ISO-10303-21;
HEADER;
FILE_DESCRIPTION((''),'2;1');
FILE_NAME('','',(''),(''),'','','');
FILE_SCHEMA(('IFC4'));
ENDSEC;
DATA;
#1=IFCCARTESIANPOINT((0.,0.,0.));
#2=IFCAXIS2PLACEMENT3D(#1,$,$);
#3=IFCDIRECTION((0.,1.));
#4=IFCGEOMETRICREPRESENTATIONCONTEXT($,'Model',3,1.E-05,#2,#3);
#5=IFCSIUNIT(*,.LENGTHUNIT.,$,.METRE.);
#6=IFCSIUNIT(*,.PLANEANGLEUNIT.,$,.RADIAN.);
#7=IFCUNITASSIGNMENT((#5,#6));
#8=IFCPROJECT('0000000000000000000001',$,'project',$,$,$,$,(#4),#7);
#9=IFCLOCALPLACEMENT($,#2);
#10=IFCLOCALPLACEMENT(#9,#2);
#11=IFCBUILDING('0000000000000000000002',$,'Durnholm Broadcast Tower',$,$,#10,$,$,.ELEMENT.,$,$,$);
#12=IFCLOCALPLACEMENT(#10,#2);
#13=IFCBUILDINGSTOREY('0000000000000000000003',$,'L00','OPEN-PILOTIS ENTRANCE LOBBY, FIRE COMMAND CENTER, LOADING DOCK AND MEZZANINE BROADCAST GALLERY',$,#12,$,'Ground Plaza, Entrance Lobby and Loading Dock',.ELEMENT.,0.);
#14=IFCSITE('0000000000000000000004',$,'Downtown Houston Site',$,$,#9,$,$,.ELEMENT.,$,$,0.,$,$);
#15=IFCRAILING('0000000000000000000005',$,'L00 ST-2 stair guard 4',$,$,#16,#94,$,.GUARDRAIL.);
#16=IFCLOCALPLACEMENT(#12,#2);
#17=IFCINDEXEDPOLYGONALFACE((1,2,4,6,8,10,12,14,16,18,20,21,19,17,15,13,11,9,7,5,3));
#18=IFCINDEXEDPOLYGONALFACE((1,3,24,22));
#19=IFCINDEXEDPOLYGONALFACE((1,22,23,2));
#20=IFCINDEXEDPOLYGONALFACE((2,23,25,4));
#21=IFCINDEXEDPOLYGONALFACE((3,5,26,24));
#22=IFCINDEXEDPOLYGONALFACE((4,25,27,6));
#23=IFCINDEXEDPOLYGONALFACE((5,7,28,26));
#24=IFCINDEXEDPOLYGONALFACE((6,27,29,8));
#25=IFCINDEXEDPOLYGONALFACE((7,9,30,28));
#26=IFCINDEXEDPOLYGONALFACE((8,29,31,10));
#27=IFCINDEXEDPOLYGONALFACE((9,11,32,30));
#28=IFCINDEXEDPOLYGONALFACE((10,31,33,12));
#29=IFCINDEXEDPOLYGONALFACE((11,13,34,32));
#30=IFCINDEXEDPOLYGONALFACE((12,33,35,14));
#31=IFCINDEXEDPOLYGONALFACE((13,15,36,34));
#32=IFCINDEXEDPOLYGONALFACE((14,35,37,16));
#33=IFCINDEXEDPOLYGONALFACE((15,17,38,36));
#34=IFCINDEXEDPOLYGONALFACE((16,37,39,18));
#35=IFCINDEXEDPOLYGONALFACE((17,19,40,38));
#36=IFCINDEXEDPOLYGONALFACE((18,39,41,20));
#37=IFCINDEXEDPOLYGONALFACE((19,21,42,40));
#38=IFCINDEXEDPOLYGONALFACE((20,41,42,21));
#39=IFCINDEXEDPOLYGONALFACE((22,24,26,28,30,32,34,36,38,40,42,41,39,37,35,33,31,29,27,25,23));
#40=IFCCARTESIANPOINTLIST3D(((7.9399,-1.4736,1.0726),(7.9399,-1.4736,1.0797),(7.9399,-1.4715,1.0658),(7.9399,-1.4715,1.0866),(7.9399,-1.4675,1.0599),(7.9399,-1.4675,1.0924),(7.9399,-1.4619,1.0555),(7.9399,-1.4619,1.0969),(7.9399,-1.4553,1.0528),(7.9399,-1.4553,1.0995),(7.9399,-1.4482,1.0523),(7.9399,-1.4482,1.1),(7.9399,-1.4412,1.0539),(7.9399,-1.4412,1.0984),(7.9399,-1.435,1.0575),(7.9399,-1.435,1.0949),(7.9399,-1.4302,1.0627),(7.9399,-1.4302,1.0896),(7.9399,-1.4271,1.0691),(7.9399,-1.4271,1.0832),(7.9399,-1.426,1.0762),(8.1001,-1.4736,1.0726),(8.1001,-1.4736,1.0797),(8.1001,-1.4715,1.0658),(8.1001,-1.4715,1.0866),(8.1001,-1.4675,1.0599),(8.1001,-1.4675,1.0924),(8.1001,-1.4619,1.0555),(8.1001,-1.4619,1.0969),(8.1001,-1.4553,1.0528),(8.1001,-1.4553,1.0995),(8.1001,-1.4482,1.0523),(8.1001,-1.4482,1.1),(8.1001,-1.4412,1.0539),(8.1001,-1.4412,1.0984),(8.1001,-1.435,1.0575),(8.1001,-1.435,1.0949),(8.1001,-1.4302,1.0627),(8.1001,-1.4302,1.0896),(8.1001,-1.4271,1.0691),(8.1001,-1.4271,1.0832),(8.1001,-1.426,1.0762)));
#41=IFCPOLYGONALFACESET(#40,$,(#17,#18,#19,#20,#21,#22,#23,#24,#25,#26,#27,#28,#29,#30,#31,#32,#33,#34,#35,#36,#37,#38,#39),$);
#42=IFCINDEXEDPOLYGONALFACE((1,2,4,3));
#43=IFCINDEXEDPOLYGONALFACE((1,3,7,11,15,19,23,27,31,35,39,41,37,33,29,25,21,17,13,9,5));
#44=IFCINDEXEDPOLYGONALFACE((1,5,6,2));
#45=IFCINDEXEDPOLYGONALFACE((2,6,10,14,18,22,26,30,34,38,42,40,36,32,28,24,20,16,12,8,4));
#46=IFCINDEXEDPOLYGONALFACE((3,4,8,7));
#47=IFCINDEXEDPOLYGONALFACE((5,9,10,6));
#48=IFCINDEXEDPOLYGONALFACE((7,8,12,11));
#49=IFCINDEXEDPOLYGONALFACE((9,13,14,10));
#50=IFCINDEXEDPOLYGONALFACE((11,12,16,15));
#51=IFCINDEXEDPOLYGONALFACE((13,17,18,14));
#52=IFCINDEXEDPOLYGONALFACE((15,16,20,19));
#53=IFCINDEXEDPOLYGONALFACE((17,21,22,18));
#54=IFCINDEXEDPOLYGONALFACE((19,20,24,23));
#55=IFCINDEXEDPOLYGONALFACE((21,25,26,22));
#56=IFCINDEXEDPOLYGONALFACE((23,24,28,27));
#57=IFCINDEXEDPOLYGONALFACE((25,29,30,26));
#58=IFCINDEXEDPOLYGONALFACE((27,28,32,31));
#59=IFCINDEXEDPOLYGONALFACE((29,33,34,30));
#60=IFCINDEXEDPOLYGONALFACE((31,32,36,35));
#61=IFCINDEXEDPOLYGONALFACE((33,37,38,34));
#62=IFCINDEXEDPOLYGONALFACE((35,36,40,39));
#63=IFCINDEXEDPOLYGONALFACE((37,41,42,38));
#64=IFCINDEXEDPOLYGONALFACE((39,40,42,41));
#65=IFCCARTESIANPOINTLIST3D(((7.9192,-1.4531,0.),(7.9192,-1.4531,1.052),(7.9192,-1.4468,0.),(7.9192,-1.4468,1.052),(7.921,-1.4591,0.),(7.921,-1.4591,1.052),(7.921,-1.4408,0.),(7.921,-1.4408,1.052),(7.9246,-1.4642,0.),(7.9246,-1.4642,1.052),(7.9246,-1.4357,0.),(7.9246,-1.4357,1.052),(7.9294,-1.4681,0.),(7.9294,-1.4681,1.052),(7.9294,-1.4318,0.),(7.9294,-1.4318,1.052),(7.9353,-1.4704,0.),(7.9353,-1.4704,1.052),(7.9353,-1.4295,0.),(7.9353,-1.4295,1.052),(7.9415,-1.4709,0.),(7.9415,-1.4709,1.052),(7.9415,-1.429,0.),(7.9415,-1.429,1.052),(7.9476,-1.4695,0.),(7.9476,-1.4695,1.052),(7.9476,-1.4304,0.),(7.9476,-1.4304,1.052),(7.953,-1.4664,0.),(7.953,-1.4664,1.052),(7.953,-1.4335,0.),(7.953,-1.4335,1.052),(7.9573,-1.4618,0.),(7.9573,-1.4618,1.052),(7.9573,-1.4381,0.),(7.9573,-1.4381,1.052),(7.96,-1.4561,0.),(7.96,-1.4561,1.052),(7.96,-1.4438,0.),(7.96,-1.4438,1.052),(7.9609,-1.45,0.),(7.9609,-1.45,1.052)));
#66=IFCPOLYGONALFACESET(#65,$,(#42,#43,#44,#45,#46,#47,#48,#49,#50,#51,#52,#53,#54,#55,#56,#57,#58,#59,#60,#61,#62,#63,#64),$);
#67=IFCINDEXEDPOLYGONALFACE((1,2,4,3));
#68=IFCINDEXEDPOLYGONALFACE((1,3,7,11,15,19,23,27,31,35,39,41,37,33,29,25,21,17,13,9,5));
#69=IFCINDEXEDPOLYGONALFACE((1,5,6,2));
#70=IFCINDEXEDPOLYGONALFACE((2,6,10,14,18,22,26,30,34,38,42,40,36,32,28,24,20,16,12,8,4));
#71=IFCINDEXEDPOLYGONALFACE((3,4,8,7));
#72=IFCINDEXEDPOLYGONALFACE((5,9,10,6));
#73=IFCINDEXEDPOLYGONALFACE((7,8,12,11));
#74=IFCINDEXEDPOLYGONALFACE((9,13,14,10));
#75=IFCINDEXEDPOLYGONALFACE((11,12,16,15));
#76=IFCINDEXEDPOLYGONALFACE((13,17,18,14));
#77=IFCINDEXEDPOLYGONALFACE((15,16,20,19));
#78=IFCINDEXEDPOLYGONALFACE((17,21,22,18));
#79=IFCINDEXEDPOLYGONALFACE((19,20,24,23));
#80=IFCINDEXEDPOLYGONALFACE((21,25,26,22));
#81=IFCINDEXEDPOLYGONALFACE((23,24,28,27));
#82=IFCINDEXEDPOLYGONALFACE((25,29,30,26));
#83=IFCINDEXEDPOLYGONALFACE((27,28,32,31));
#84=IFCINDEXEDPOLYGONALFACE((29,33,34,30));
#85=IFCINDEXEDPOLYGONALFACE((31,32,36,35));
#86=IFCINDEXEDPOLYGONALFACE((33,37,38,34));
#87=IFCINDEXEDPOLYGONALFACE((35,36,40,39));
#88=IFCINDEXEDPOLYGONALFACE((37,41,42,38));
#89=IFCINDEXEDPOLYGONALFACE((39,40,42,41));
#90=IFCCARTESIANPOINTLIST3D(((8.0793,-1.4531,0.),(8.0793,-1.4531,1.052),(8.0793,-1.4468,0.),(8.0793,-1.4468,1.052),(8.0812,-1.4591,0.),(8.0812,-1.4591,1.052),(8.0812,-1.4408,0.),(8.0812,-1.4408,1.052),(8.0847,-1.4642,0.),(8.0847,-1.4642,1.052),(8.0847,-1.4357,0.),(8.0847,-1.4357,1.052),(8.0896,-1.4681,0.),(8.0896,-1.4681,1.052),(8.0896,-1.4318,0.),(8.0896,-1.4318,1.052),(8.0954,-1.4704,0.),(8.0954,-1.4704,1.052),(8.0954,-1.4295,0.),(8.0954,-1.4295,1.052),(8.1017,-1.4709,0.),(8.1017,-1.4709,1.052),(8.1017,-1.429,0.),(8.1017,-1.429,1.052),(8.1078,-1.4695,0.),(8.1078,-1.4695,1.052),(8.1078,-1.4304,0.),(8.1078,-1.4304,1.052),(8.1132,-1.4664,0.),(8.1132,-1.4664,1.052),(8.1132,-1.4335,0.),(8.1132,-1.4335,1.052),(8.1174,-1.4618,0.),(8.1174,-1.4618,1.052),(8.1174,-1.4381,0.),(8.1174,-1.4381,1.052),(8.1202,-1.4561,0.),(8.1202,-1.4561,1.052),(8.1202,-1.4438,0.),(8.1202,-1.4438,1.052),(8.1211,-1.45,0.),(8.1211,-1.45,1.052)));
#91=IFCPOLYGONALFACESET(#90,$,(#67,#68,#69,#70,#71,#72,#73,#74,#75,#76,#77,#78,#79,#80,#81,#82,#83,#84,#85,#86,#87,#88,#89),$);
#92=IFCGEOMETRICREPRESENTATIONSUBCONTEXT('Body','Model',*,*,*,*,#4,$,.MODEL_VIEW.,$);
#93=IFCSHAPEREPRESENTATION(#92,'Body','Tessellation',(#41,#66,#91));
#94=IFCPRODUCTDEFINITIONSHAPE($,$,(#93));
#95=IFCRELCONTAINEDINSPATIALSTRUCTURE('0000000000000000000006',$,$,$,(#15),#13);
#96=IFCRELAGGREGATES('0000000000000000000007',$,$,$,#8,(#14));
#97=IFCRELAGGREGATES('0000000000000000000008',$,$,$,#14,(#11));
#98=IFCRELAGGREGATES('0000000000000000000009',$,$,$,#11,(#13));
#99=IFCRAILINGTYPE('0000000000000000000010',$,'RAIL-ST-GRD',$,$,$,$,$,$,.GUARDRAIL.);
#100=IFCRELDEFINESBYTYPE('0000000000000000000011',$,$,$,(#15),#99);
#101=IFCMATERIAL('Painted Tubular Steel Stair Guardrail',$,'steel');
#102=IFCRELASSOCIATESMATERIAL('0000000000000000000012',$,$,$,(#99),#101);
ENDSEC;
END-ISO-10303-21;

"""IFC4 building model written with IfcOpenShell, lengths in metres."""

from ifc_helpers import new_model, si_unit, direction, frame, origin, origin_2d, place, context, subcontext, project, spatial, circle, extrude, material, type_object, element, save


model = new_model("IFC4")

# Units and contexts
model_context = context("Model", 3, precision=1e-05, world=origin(), true_north=direction((0.0, 1.0)))
body_context = subcontext(model_context, "Body", "Model", "MODEL_VIEW")
ifc_project = project(units=[si_unit("LENGTHUNIT", "METRE"), si_unit("PLANEANGLEUNIT", "RADIAN")], contexts=[model_context])

# Site, building, storey
site_placement = place(None, origin())
site = spatial("IfcSite", under=ifc_project, at=site_placement, Name="Downtown Houston Site", CompositionType="ELEMENT", RefElevation=0.0)
building_placement = place(site_placement, origin())
building = spatial("IfcBuilding", under=site, at=building_placement, Name="Durnholm Broadcast Tower", CompositionType="ELEMENT")
storey_placement = place(building_placement, origin())
storey = spatial("IfcBuildingStorey", under=building, at=storey_placement, Name="L00", Description="OPEN-PILOTIS ENTRANCE LOBBY, FIRE COMMAND CENTER, LOADING DOCK AND MEZZANINE BROADCAST GALLERY", LongName="Ground Plaza, Entrance Lobby and Loading Dock", CompositionType="ELEMENT", Elevation=0.0)

# Railing
ifc_material_1 = material(Name="Painted Tubular Steel Stair Guardrail", Category="steel")
railing_type_1 = type_object("IfcRailingType", Name="RAIL-ST-GRD", PredefinedType="GUARDRAIL", material=ifc_material_1)
railing_1_placement = place(storey_placement, frame((7.9399, -1.45, 0.0)))
element("IfcRailing", 1, at=railing_1_placement, inside=storey, type_object=railing_type_1, Name="L00 ST-2 stair guard 4", PredefinedType="GUARDRAIL", context=body_context, shape_type="SweptSolid", body=[
    extrude(circle(Radius=0.0239, at=origin_2d()), frame((0.0, 0.0, 1.0762), z_axis=(1.0, 0.0, 0.0), x_axis=(0.0, 1.0, 0.0)), (0.0, 0.0, 1.0), 0.1602),
    extrude(circle(Radius=0.021, at=origin_2d()), origin(), (0.0, 0.0, 1.0), 1.052),
    extrude(circle(Radius=0.021, at=origin_2d()), frame((0.1602, 0.0, 0.0)), (0.0, 0.0, 1.0), 1.052),
])

save(model, "model.ifc")
